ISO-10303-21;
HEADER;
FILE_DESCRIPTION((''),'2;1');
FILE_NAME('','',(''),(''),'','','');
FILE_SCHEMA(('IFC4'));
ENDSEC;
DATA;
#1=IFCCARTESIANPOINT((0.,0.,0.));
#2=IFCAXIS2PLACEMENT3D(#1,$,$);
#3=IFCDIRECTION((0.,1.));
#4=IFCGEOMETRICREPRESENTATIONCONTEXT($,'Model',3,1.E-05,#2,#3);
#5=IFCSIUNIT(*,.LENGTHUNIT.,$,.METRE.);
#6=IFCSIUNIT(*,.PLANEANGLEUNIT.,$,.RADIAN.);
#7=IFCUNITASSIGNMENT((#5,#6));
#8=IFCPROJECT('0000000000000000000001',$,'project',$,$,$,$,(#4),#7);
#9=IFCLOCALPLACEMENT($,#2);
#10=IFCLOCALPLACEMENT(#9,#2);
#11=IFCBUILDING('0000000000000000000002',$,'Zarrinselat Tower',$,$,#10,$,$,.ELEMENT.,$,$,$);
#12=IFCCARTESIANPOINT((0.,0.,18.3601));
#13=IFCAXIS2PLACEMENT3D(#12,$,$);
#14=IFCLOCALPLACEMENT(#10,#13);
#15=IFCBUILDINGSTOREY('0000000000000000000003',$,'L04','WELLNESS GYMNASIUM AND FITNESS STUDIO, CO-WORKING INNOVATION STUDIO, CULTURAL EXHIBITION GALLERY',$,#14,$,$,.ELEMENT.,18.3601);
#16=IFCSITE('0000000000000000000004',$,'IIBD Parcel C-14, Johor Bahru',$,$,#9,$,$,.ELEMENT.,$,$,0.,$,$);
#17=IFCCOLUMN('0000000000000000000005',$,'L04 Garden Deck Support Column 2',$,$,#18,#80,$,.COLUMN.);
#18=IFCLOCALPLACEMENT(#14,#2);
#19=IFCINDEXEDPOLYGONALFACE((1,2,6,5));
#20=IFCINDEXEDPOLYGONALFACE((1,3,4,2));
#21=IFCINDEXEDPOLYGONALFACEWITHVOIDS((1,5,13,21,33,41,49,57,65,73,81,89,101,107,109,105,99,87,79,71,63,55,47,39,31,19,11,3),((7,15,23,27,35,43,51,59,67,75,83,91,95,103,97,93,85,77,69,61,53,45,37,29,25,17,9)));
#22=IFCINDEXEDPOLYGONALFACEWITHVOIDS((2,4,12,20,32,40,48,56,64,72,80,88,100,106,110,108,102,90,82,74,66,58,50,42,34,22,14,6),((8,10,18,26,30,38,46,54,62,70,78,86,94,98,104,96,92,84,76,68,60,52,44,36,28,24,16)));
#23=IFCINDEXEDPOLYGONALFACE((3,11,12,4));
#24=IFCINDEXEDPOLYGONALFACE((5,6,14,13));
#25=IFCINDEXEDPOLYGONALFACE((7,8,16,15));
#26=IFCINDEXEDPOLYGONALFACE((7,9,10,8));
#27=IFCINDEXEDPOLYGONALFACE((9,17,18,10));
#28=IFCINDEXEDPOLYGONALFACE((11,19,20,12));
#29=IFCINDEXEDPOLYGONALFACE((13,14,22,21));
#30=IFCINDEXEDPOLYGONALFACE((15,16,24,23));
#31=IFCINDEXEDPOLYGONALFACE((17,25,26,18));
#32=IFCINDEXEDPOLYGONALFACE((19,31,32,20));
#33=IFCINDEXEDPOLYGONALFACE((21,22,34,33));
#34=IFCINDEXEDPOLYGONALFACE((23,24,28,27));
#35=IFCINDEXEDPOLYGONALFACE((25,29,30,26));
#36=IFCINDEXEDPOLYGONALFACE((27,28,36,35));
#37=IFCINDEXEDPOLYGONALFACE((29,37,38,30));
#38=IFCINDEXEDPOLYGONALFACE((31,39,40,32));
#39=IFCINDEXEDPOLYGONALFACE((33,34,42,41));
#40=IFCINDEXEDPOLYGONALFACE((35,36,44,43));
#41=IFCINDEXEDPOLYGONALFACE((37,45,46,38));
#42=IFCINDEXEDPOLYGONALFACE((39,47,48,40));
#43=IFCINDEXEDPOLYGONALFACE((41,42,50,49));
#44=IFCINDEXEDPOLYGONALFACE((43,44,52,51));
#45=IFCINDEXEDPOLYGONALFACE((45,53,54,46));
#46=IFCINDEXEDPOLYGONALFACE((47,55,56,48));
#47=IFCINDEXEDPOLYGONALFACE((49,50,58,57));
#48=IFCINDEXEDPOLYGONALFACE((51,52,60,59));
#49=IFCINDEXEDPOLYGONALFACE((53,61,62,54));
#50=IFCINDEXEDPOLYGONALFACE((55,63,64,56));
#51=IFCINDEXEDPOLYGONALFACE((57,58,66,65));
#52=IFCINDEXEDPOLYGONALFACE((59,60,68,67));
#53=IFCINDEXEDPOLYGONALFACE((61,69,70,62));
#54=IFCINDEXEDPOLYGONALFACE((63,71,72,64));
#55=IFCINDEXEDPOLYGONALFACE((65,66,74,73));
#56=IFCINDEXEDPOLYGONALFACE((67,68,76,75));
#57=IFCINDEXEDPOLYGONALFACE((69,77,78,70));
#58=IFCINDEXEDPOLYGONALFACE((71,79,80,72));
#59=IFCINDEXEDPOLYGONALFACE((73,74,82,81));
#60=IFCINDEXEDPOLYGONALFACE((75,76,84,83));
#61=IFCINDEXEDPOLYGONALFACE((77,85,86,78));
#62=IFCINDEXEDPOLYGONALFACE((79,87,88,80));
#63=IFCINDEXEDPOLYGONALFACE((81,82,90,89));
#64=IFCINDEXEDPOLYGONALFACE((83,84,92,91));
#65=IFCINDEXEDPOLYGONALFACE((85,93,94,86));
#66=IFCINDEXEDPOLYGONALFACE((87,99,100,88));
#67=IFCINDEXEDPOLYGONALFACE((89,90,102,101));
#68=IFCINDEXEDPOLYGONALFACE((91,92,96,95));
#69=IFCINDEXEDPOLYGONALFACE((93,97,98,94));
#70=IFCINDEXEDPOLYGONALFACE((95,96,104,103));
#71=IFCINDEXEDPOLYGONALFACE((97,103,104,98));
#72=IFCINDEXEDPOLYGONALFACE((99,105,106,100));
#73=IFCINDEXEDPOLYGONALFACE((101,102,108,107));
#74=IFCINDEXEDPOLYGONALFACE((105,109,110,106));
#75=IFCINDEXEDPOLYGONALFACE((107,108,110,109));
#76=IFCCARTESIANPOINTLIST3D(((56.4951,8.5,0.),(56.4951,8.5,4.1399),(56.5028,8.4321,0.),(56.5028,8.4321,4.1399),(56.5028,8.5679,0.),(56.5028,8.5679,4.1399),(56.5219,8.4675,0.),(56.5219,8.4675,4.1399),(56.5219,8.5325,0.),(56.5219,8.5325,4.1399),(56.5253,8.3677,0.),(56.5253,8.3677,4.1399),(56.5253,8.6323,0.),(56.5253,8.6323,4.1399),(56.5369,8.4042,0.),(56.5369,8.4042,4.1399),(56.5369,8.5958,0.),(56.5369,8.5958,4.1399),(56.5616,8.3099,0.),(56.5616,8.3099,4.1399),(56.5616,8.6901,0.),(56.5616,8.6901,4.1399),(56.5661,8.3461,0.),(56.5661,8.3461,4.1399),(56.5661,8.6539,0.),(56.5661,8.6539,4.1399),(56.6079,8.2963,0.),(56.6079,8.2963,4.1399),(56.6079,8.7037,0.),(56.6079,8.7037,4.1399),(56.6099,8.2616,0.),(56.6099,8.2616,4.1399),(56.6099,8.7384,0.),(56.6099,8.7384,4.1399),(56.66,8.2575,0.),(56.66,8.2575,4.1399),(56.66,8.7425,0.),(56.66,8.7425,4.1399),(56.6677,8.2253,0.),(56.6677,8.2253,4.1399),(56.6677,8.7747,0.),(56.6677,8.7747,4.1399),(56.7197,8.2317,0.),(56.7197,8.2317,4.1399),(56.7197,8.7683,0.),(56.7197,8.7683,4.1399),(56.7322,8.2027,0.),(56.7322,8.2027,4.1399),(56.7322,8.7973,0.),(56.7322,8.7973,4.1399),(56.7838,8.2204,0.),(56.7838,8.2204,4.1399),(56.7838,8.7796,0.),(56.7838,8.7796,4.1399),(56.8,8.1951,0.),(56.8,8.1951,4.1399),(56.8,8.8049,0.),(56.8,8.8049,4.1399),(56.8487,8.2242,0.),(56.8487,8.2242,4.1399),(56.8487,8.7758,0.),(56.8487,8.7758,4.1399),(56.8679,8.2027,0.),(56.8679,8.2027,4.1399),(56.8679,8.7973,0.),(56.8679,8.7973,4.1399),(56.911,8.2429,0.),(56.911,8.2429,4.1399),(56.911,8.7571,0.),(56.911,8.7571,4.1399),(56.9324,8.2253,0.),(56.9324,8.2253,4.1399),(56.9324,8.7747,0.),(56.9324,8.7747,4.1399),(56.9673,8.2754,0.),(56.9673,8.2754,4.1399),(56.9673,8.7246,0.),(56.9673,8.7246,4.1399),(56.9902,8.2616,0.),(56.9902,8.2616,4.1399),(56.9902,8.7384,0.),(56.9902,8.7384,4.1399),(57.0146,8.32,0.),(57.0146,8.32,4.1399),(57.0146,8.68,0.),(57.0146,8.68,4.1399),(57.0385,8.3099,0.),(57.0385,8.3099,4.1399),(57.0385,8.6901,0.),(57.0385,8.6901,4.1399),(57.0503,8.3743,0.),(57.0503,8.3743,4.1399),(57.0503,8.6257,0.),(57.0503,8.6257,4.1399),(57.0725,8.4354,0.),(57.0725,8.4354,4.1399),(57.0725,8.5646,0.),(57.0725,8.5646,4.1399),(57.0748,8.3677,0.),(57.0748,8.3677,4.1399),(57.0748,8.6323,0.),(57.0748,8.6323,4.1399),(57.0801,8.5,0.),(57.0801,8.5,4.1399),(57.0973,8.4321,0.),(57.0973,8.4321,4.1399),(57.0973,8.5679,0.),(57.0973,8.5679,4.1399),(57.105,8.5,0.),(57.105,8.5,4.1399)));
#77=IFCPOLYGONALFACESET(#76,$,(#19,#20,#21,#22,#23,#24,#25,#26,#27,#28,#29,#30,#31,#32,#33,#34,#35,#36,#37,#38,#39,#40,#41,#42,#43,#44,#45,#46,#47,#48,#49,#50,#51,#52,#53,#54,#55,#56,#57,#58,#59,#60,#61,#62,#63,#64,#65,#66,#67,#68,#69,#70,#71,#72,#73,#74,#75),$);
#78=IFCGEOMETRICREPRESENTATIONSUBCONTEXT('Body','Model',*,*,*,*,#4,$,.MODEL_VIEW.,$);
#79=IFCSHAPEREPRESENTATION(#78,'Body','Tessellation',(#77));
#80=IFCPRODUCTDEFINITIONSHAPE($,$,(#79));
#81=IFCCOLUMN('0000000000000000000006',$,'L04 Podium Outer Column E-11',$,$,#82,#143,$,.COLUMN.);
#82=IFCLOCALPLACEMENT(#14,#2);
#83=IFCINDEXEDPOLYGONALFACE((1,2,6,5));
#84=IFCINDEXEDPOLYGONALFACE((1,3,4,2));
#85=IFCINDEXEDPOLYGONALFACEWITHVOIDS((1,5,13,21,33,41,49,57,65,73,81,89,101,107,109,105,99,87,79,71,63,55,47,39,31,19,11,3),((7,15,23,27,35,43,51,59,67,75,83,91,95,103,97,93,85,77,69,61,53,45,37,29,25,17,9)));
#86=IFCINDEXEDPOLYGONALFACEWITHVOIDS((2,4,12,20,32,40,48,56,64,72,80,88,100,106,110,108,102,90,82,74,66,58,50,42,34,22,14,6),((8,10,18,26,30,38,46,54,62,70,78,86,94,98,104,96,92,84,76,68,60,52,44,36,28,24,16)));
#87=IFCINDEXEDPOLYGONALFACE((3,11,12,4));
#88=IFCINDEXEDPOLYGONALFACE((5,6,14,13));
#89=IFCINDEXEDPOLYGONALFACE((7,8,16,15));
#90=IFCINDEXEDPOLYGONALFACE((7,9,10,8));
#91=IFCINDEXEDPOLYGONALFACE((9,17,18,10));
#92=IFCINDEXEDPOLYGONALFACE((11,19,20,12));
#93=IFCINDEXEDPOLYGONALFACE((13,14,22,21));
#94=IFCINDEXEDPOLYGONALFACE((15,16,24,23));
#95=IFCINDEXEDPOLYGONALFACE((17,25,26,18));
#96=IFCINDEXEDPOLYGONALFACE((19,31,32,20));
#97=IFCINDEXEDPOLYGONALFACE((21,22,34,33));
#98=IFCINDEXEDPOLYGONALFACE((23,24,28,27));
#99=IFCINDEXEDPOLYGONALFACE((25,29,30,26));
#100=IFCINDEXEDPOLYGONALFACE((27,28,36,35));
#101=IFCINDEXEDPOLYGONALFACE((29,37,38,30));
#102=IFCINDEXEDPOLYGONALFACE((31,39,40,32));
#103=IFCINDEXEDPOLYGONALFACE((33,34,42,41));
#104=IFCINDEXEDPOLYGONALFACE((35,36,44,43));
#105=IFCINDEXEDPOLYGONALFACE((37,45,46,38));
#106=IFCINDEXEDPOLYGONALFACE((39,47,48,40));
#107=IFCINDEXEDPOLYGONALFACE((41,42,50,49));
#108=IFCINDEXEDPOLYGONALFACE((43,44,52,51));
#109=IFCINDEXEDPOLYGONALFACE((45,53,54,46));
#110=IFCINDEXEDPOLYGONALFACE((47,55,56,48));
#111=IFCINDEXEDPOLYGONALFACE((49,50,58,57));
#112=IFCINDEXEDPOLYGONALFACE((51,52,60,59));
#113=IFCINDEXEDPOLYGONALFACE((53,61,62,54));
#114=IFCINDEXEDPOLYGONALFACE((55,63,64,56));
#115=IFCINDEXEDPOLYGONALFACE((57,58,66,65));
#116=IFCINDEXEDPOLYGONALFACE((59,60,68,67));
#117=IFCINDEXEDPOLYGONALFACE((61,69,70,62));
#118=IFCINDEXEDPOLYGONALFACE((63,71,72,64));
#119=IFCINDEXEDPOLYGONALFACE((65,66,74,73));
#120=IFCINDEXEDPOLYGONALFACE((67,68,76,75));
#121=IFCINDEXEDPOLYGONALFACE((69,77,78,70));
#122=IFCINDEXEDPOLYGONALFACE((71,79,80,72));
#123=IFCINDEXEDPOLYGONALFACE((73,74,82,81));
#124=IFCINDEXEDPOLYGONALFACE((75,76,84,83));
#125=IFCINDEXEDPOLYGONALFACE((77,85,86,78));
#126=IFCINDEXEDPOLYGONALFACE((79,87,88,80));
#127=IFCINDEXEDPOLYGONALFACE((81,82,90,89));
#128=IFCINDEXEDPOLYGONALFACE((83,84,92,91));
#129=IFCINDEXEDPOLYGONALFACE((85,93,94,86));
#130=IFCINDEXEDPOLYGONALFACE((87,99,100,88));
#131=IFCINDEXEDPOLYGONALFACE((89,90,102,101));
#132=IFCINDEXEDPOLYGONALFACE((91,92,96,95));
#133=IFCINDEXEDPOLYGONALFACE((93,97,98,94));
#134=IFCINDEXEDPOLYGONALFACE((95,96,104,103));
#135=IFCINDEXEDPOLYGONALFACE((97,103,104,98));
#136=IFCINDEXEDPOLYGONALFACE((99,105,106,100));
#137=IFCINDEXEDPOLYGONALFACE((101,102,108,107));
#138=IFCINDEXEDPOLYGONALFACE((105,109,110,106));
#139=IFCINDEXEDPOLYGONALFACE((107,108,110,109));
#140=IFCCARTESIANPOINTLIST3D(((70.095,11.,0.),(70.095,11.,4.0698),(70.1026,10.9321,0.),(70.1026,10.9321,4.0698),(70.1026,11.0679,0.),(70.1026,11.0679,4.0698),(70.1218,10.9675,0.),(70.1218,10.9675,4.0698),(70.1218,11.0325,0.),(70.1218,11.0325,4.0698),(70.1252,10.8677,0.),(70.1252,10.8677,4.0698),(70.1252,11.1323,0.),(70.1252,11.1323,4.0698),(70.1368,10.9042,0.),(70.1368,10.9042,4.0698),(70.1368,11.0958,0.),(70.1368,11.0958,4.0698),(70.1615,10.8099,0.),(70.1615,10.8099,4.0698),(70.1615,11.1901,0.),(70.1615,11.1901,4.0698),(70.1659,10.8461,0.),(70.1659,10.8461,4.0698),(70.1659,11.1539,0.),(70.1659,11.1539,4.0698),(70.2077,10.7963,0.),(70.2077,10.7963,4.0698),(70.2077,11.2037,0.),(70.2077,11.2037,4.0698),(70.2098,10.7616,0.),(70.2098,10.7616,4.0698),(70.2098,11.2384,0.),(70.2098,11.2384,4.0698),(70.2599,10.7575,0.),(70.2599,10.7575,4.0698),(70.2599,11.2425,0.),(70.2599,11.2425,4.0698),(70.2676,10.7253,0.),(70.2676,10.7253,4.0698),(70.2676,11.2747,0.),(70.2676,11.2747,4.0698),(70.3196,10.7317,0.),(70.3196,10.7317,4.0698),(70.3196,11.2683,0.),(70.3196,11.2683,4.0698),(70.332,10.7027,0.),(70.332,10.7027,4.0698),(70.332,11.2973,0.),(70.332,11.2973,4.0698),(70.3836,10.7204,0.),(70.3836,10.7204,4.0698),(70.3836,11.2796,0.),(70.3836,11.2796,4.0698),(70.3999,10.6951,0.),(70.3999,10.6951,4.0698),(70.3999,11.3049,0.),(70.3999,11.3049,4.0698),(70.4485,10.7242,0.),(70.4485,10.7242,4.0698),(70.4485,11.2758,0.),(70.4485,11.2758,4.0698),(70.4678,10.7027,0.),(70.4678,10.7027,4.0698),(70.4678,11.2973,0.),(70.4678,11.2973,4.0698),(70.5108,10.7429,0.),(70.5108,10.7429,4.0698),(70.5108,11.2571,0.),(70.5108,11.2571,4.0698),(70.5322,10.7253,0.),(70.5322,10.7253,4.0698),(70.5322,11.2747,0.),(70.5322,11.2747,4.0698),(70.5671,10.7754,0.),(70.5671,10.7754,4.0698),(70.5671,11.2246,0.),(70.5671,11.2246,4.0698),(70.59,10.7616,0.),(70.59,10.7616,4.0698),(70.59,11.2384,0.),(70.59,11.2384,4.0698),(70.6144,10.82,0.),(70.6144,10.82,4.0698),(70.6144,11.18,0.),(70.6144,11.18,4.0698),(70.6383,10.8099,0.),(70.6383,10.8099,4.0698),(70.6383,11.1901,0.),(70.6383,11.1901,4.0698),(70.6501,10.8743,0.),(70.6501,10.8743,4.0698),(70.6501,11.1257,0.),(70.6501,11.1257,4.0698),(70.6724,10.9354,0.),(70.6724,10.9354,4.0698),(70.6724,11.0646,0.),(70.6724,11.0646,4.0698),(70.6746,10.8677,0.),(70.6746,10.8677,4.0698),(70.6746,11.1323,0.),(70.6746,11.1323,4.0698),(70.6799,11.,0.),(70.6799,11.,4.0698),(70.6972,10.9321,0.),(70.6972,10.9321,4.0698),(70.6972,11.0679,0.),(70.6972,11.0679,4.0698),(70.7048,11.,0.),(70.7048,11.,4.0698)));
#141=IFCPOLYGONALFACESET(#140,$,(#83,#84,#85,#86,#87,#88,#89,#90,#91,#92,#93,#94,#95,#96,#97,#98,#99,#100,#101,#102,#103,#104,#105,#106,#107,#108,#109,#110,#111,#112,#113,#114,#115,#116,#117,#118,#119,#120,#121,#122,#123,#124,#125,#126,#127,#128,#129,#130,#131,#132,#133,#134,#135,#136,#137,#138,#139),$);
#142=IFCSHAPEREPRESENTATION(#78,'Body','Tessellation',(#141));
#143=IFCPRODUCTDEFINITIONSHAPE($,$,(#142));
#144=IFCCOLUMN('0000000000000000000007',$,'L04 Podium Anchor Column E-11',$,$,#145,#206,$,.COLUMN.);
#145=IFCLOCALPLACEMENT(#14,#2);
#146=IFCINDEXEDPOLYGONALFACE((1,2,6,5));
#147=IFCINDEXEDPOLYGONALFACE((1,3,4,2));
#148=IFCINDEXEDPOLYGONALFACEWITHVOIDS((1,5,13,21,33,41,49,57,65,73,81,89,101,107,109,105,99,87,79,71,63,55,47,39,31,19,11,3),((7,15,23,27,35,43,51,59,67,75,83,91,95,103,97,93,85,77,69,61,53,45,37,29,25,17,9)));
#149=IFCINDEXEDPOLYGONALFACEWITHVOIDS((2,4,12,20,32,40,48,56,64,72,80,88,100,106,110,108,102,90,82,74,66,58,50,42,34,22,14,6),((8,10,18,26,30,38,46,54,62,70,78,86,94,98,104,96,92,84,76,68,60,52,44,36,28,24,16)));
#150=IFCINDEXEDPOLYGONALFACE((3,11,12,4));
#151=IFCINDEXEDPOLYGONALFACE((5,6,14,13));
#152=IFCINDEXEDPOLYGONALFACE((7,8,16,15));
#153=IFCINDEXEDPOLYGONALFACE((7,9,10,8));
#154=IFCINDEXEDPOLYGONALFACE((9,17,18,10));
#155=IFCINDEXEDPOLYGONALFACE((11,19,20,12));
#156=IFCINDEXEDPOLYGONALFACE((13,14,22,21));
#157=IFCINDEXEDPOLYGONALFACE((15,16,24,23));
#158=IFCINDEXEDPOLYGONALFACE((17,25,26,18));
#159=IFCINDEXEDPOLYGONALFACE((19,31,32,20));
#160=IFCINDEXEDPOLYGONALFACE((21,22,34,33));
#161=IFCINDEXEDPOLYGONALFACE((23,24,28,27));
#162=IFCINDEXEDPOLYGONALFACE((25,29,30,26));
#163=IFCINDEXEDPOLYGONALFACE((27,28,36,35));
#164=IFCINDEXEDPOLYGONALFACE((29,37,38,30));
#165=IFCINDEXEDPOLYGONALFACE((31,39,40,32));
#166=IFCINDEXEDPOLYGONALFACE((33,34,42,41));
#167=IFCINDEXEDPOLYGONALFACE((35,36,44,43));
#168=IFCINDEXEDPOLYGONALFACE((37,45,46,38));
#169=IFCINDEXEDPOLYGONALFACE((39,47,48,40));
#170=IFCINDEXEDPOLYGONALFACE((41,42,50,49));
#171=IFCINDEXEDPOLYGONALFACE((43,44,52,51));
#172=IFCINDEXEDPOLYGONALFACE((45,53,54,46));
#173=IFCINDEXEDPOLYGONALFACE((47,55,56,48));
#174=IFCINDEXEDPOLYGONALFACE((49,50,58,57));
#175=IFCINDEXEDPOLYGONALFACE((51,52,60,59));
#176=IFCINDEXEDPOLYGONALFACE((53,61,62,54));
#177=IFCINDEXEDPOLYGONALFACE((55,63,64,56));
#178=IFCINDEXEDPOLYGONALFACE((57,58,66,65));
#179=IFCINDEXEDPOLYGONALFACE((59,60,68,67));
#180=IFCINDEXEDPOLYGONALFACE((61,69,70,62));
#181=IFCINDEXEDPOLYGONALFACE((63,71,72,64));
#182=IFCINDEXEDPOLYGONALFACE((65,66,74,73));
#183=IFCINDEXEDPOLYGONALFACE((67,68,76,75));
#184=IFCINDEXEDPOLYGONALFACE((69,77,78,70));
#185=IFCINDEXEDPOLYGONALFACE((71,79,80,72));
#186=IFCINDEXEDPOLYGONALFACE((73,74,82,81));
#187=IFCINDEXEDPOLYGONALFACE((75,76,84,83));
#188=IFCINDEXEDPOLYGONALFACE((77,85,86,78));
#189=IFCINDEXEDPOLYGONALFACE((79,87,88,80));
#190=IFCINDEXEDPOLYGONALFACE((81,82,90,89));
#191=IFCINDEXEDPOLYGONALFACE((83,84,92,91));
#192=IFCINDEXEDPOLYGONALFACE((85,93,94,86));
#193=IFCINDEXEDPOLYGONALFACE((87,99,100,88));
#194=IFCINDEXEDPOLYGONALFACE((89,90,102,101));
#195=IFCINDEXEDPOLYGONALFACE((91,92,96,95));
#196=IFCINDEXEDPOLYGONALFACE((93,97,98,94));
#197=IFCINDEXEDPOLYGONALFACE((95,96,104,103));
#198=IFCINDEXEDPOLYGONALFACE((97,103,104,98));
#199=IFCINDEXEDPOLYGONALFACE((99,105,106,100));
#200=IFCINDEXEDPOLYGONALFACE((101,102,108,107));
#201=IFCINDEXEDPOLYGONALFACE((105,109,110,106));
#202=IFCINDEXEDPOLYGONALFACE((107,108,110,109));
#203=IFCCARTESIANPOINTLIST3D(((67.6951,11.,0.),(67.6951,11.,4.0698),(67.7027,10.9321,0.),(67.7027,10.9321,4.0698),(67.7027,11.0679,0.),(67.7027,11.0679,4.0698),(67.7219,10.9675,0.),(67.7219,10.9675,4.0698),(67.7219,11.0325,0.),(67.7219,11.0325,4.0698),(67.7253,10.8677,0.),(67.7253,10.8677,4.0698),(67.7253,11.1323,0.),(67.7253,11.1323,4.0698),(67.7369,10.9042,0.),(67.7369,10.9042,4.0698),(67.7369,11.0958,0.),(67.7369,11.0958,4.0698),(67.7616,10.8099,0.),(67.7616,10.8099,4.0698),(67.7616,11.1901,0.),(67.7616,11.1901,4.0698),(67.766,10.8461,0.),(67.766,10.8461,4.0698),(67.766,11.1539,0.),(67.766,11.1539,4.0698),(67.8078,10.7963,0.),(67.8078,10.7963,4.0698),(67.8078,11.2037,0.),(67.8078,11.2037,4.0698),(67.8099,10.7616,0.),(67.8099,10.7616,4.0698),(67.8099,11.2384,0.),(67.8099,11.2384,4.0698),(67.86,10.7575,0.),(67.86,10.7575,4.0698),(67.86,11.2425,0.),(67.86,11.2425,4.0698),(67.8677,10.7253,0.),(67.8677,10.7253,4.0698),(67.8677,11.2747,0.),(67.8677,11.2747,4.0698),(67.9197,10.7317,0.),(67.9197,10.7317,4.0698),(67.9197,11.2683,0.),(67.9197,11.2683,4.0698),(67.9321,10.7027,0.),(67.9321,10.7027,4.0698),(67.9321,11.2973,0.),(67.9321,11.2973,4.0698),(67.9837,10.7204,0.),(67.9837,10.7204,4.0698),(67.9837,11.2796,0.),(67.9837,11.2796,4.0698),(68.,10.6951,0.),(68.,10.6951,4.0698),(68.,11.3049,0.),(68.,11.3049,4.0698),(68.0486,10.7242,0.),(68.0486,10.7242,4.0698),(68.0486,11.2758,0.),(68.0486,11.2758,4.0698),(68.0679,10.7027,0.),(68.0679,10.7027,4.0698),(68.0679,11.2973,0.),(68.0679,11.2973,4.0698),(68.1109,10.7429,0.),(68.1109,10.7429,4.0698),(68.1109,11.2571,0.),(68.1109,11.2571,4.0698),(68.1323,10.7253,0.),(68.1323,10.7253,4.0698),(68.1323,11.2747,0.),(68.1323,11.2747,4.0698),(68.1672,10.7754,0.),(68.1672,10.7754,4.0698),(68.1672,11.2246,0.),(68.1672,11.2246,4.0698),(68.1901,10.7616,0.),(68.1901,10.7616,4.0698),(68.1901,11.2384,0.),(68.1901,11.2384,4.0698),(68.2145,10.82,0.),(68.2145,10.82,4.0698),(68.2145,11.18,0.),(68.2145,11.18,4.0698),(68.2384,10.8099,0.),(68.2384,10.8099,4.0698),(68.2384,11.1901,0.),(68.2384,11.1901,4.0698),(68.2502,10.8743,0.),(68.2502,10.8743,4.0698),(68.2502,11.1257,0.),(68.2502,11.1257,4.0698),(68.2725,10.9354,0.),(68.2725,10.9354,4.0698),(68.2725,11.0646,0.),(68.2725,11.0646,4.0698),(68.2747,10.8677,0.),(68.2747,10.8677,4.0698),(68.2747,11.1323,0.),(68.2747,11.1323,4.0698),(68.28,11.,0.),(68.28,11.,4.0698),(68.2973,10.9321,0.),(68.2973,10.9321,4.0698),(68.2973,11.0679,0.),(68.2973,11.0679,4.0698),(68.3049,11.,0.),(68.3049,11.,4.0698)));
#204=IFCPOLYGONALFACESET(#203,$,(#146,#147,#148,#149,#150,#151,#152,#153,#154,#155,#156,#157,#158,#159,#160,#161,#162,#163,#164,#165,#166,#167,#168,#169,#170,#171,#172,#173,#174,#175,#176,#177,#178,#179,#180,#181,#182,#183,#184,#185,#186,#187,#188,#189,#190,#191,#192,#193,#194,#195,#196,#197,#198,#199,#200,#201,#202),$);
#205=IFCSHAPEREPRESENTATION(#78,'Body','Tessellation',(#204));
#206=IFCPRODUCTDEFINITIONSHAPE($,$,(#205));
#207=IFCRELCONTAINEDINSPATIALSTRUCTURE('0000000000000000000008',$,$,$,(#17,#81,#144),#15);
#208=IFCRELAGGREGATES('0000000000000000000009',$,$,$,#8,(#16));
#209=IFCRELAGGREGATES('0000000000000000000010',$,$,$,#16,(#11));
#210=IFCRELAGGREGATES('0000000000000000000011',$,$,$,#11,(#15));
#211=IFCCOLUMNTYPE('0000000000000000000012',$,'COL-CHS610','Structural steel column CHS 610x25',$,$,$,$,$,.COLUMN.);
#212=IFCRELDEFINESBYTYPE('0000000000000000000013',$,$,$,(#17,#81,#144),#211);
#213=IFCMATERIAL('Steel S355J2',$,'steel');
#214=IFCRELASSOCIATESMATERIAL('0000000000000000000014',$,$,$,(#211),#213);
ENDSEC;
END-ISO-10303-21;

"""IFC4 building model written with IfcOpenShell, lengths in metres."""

from ifc_helpers import new_model, si_unit, direction, frame, origin, origin_2d, place, context, subcontext, project, spatial, hollow_circle, extrude, material, material_profile, profile_set, type_object, element, save


model = new_model("IFC4")

# Units and contexts
model_context = context("Model", 3, precision=1e-05, world=origin(), true_north=direction((0.0, 1.0)))
body_context = subcontext(model_context, "Body", "Model", "MODEL_VIEW")
ifc_project = project(units=[si_unit("LENGTHUNIT", "METRE"), si_unit("PLANEANGLEUNIT", "RADIAN")], contexts=[model_context])

# Site, building, storey
site_placement = place(None, origin())
site = spatial("IfcSite", under=ifc_project, at=site_placement, Name="IIBD Parcel C-14, Johor Bahru", CompositionType="ELEMENT", RefElevation=0.0)
building_placement = place(site_placement, origin())
building = spatial("IfcBuilding", under=site, at=building_placement, Name="Zarrinselat Tower", CompositionType="ELEMENT")
storey_placement = place(building_placement, frame((0.0, 0.0, 18.3601)))
storey = spatial("IfcBuildingStorey", under=building, at=storey_placement, Name="L04", Description="WELLNESS GYMNASIUM AND FITNESS STUDIO, CO-WORKING INNOVATION STUDIO, CULTURAL EXHIBITION GALLERY", CompositionType="ELEMENT", Elevation=18.3601)

# Columns
ifc_material_1 = material(Name="Steel S355J2", Category="steel")
ifc_material_profile_1 = material_profile(ifc_material_1, hollow_circle(Radius=0.3049, WallThickness=0.0249, at=origin_2d()), Name="CHS 610x25")
ifc_profile_set_1 = profile_set([ifc_material_profile_1], Name="Steel S355J2")
column_type = type_object("IfcColumnType", Name="COL-CHS610", Description="Structural steel column CHS 610x25", PredefinedType="COLUMN", material=ifc_profile_set_1)
column_placement = place(storey_placement, frame((56.8, 8.5, 0.0), z_axis=(0.0, 0.0, 1.0), x_axis=(1.0, 0.0, 0.0)))
element("IfcColumn", 1, at=column_placement, inside=storey, type_object=column_type, Name="L04 Garden Deck Support Column 2", PredefinedType="COLUMN", context=body_context, shape_type="SweptSolid", body=[
    extrude(hollow_circle(Radius=0.3049, WallThickness=0.0249, at=origin_2d()), origin(), (0.0, 0.0, 1.0), 4.1399),
])
for number, where, z_axis, x_axis, name in (
    (2, (70.3999, 11.0, 0.0), (0.0, 0.0, 1.0), (1.0, 0.0, 0.0), "L04 Podium Outer Column E-11"),
    (3, (68.0, 11.0, 0.0), (0.0, 0.0, 1.0), (1.0, 0.0, 0.0), "L04 Podium Anchor Column E-11"),
):
    element("IfcColumn", number, at=place(storey_placement, frame(where, z_axis=z_axis, x_axis=x_axis)), inside=storey, type_object=column_type, Name=name, PredefinedType="COLUMN", context=body_context, shape_type="SweptSolid", body=[
        extrude(hollow_circle(Radius=0.3049, WallThickness=0.0249, at=origin_2d()), origin(), (0.0, 0.0, 1.0), 4.0698),
    ])

save(model, "model.ifc")
